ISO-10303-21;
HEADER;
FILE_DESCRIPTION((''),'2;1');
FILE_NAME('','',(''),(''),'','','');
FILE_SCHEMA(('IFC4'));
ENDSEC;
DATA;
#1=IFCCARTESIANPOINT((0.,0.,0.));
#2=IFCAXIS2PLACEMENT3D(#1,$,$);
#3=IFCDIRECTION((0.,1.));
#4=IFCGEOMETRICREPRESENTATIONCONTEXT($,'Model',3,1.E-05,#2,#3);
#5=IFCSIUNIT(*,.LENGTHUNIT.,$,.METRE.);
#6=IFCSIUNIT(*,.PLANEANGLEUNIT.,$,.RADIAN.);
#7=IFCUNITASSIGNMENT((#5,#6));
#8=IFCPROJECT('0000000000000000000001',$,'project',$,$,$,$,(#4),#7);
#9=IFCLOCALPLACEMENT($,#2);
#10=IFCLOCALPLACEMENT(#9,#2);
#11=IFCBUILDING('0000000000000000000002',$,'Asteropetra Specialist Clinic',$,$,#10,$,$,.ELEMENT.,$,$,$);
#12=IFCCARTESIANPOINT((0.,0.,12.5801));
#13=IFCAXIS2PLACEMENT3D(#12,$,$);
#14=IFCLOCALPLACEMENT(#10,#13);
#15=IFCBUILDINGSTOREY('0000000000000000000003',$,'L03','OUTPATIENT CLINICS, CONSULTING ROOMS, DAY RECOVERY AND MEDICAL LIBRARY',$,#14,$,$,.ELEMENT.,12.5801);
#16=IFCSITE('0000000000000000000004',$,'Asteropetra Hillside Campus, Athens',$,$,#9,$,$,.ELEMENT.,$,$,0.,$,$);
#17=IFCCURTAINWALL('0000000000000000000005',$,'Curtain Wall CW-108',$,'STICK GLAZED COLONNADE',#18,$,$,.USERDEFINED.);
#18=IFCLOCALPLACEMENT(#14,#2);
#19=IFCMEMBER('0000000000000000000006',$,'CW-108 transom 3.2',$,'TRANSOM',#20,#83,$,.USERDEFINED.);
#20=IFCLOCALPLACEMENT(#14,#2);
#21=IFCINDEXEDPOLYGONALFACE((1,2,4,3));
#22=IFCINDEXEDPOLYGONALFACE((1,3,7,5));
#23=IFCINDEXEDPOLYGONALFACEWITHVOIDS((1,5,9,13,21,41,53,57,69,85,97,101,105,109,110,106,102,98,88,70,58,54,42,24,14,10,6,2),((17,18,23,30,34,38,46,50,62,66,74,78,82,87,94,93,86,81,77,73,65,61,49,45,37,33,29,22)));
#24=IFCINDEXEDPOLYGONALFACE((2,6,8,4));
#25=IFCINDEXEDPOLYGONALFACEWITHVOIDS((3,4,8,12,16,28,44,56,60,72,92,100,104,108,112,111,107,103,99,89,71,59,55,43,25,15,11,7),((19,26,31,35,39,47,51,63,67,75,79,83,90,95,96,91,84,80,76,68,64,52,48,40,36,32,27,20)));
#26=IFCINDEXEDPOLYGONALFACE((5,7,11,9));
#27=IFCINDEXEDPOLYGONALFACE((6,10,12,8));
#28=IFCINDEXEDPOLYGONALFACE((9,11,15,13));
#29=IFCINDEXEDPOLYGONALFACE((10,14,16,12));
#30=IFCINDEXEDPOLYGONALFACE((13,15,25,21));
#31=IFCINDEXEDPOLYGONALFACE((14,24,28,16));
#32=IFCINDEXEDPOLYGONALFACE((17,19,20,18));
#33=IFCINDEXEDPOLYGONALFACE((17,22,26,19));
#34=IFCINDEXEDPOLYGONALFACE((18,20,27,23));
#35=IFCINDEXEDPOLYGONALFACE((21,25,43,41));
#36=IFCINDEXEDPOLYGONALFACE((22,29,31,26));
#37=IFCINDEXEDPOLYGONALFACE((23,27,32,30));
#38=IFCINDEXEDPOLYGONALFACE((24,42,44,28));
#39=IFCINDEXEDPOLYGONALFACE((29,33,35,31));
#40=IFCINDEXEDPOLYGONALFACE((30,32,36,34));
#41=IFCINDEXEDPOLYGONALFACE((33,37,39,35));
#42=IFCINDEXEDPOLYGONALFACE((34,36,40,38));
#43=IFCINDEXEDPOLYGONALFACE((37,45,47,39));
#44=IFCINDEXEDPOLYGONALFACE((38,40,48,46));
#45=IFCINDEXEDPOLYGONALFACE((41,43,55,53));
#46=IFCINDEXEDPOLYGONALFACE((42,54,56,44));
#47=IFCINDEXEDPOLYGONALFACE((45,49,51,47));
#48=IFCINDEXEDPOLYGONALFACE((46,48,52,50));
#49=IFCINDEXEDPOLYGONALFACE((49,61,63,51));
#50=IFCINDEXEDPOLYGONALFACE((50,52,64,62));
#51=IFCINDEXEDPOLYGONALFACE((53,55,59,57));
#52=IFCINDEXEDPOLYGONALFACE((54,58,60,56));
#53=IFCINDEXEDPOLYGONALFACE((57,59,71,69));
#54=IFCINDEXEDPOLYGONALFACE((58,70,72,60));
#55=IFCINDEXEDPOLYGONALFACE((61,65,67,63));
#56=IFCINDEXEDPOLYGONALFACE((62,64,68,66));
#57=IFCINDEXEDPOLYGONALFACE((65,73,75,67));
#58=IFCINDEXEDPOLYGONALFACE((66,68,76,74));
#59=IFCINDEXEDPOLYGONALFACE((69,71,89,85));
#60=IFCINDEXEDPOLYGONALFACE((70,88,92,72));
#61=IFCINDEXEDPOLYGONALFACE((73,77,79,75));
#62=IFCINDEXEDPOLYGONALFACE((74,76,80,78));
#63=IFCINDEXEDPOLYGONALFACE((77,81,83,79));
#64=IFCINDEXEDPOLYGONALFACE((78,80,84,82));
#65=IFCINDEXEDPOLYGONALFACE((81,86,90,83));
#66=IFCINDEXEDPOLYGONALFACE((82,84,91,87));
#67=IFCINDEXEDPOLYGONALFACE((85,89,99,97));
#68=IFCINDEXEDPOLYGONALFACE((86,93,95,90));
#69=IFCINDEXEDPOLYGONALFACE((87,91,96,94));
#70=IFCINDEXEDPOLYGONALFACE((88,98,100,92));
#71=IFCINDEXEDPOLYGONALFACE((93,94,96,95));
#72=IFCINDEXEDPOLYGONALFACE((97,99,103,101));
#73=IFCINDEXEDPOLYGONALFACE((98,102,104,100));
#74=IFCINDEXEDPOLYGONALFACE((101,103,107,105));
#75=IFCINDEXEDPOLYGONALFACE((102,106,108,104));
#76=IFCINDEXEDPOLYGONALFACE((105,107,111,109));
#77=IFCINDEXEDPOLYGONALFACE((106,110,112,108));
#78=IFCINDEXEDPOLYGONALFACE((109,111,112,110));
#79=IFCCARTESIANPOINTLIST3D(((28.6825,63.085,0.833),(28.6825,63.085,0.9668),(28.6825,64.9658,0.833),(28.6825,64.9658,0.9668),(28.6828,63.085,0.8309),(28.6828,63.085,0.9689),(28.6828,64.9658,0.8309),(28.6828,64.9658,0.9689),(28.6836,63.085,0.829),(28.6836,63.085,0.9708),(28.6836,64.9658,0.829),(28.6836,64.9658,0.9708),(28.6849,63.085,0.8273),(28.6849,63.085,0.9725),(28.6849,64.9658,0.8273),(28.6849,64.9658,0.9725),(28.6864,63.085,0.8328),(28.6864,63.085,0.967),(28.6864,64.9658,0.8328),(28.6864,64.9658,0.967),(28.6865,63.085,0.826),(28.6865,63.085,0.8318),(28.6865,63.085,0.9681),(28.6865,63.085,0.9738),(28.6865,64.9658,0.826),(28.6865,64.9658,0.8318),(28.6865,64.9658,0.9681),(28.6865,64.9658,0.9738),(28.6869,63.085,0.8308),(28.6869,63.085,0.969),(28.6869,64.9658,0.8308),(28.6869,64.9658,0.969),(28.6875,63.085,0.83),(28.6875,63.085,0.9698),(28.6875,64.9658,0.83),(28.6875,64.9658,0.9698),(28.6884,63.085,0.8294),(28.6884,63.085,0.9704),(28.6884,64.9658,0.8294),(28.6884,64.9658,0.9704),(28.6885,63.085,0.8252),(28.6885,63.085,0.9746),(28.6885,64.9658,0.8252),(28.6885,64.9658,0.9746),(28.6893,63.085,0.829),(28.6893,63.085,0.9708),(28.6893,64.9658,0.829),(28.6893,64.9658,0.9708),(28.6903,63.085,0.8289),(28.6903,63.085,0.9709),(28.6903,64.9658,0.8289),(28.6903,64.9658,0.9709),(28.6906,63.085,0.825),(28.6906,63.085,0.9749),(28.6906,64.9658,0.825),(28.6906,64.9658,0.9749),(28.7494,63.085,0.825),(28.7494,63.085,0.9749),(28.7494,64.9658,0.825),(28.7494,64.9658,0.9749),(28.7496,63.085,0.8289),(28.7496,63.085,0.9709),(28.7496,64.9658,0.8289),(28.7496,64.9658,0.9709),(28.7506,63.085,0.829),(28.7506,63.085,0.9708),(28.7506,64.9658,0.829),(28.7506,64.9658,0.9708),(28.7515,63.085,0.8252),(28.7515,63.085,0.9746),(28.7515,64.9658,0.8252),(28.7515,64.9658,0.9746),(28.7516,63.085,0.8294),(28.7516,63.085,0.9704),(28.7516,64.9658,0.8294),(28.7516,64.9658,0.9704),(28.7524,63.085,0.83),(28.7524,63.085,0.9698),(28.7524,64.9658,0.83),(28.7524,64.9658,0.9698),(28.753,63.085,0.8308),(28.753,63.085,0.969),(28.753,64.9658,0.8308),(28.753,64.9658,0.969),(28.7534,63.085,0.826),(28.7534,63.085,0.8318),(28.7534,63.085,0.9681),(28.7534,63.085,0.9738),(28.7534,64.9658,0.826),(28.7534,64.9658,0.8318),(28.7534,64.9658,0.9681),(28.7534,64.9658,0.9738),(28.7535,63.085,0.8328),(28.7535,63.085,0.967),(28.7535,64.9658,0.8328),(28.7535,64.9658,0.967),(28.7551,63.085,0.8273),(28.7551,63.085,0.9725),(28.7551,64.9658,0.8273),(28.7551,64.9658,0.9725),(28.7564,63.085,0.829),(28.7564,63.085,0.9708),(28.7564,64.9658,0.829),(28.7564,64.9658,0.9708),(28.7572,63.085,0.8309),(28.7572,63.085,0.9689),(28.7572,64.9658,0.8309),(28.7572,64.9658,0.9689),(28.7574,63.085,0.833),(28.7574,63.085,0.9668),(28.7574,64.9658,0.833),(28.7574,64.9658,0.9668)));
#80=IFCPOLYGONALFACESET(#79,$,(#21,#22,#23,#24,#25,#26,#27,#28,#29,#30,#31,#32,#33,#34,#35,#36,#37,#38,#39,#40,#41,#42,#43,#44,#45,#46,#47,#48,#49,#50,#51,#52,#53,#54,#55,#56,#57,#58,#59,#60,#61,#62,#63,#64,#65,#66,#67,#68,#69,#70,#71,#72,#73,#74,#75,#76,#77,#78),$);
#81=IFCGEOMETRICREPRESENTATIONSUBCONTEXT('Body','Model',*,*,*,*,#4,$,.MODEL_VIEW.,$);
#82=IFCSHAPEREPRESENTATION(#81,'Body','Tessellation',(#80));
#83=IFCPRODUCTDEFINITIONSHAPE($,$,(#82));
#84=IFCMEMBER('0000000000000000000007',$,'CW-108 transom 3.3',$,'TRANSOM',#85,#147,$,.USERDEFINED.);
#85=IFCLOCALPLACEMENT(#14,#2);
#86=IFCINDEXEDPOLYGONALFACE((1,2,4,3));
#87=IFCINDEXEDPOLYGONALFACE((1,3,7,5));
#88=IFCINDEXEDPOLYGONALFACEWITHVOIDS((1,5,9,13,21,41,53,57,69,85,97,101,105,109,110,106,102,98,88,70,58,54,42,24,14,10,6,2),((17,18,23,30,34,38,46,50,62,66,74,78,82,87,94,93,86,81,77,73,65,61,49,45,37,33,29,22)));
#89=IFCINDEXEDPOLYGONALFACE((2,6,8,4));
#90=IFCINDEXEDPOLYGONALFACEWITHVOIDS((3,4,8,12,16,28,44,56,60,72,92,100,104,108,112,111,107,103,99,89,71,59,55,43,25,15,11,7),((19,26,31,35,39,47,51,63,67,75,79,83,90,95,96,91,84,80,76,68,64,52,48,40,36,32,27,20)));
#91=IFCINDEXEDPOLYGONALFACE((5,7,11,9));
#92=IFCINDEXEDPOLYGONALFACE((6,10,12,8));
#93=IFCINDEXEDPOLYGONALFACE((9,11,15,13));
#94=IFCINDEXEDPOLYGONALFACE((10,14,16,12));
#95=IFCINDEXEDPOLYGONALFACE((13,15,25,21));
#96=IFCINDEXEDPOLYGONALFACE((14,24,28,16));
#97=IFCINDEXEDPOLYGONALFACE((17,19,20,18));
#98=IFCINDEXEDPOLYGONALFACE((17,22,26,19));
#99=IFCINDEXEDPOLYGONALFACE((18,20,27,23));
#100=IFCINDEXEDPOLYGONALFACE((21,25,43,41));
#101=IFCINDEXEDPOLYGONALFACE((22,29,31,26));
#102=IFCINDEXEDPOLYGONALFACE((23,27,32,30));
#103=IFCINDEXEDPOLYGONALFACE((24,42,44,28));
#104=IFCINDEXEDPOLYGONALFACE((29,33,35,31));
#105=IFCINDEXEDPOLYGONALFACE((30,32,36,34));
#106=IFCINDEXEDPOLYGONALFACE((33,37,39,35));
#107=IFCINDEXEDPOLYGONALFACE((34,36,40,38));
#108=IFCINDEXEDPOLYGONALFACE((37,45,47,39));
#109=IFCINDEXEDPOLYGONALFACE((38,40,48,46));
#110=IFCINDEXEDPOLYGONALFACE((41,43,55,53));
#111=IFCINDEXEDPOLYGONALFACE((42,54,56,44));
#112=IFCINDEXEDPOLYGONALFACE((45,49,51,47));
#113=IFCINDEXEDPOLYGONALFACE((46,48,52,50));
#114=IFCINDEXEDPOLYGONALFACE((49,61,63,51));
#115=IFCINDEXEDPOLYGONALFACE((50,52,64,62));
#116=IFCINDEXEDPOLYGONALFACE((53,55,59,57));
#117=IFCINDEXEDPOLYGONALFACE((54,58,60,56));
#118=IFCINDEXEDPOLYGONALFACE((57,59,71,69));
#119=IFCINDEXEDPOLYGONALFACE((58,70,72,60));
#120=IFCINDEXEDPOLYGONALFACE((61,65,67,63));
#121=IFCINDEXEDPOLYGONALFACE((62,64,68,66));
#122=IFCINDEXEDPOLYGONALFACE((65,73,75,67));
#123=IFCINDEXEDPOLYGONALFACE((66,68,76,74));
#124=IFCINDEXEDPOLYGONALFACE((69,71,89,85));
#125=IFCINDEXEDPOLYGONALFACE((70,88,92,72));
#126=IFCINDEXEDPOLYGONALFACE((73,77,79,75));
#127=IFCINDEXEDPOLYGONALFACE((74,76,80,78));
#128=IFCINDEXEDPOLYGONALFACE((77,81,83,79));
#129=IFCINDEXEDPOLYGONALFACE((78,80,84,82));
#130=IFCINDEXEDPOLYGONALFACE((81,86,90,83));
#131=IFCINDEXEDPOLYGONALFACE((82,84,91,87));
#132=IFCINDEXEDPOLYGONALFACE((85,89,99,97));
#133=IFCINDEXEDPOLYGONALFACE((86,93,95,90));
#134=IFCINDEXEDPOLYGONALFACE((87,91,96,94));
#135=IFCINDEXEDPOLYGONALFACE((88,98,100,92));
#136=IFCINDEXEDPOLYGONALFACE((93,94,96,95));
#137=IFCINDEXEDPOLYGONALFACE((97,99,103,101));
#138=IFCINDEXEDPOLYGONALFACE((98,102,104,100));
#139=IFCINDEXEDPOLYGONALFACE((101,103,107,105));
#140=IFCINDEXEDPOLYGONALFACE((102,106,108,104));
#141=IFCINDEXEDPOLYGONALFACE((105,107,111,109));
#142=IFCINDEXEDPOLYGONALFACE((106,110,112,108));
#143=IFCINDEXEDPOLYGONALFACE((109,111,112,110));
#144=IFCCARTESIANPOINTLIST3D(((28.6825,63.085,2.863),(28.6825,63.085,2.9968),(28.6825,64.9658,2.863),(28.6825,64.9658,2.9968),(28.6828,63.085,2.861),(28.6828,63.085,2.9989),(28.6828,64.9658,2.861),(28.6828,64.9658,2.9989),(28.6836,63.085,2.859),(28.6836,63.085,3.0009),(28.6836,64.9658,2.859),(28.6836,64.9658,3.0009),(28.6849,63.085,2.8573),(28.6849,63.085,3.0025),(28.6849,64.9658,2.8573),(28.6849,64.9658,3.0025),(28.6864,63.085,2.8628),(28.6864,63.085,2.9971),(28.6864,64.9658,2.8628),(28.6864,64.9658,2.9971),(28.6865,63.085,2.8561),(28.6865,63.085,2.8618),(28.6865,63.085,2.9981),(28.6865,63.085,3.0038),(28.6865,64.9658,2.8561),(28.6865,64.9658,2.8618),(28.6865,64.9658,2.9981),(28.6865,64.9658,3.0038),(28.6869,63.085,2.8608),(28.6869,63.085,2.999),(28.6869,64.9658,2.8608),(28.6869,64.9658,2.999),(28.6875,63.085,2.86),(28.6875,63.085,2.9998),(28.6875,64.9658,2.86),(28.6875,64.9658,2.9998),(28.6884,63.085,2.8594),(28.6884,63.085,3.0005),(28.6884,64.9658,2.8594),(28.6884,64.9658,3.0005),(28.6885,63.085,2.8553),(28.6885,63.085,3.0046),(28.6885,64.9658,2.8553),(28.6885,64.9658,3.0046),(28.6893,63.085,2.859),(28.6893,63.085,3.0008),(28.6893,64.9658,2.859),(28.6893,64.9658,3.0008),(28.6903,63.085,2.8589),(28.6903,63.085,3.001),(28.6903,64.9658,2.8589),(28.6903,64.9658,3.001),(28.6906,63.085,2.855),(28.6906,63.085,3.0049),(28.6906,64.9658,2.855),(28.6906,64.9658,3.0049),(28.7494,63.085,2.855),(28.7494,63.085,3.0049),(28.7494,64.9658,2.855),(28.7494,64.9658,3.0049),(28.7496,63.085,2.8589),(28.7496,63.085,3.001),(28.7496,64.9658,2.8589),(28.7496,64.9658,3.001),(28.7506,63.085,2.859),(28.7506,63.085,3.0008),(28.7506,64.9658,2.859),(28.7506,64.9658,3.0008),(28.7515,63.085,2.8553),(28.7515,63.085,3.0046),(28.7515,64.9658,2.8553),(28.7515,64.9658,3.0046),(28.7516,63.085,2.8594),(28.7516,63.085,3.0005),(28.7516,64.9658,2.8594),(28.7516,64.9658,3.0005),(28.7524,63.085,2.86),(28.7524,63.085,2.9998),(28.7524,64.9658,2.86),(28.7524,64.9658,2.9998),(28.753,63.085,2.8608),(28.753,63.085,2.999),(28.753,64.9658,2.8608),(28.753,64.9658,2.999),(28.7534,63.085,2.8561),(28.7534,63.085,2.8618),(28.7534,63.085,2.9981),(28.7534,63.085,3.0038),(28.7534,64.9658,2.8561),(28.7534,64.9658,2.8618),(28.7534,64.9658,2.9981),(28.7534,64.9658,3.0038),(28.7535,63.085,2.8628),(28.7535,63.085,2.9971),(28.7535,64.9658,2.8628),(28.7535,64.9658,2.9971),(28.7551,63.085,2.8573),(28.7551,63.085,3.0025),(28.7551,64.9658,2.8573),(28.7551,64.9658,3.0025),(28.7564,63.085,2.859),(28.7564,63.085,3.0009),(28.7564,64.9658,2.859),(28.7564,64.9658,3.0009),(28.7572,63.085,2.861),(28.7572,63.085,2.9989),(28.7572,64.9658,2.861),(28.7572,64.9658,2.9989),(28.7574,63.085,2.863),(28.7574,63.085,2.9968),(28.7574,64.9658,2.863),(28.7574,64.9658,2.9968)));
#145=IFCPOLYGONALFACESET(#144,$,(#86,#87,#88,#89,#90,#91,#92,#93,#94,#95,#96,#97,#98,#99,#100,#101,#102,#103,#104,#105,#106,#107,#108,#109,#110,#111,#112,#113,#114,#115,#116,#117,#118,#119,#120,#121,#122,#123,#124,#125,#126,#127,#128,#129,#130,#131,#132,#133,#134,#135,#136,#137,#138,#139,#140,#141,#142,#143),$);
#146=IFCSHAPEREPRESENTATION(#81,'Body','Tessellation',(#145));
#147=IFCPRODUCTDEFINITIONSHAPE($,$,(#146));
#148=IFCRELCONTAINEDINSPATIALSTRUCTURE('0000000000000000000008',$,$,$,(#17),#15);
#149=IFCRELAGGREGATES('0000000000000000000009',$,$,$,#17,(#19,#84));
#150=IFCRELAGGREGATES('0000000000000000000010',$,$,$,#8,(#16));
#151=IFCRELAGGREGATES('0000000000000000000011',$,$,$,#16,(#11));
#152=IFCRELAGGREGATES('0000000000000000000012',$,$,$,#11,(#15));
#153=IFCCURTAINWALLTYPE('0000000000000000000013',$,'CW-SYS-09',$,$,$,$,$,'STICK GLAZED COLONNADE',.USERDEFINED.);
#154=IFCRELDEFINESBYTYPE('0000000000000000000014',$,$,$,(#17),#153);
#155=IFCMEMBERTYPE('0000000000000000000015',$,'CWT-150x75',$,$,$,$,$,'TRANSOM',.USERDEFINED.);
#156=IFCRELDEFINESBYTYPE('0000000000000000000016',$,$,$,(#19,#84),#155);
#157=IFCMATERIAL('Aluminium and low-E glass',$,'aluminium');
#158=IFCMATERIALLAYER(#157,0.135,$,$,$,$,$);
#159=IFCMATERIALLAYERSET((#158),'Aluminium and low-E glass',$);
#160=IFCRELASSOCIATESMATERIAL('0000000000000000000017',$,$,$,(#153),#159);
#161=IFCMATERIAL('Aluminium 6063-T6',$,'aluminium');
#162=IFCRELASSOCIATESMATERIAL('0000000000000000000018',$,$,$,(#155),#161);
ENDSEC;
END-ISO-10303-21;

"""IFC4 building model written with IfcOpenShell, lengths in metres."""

from ifc_helpers import new_model, si_unit, direction, frame, origin, origin_2d, place, context, subcontext, project, spatial, hollow_rectangle, extrude, material, layer, layer_set, material_profile, profile_set, type_object, element, aggregate, save


model = new_model("IFC4")

# Units and contexts
model_context = context("Model", 3, precision=1e-05, world=origin(), true_north=direction((0.0, 1.0)))
body_context = subcontext(model_context, "Body", "Model", "MODEL_VIEW")
ifc_project = project(units=[si_unit("LENGTHUNIT", "METRE"), si_unit("PLANEANGLEUNIT", "RADIAN")], contexts=[model_context])

# Site, building, storey
site_placement = place(None, origin())
site = spatial("IfcSite", under=ifc_project, at=site_placement, Name="Asteropetra Hillside Campus, Athens", CompositionType="ELEMENT", RefElevation=0.0)
building_placement = place(site_placement, origin())
building = spatial("IfcBuilding", under=site, at=building_placement, Name="Asteropetra Specialist Clinic", CompositionType="ELEMENT")
storey_placement = place(building_placement, frame((0.0, 0.0, 12.5801)))
storey = spatial("IfcBuildingStorey", under=building, at=storey_placement, Name="L03", Description="OUTPATIENT CLINICS, CONSULTING ROOMS, DAY RECOVERY AND MEDICAL LIBRARY", CompositionType="ELEMENT", Elevation=12.5801)

# Curtain wall, members
ifc_material_1 = material(Name="Aluminium and low-E glass", Category="aluminium")
ifc_layer_1 = layer(ifc_material_1, 0.135)
ifc_layer_set_1 = layer_set([ifc_layer_1], Name="Aluminium and low-E glass")
curtain_wall_type = type_object("IfcCurtainWallType", Name="CW-SYS-09", ElementType="STICK GLAZED COLONNADE", PredefinedType="USERDEFINED", material=ifc_layer_set_1)
curtain_wall_placement = place(storey_placement, origin())
curtain_wall = element("IfcCurtainWall", 1, at=curtain_wall_placement, inside=storey, type_object=curtain_wall_type, Name="Curtain Wall CW-108", ObjectType="STICK GLAZED COLONNADE", PredefinedType="USERDEFINED")
ifc_material_2 = material(Name="Aluminium 6063-T6", Category="aluminium")
ifc_material_profile_1 = material_profile(ifc_material_2, hollow_rectangle(XDim=0.075, YDim=0.1499, WallThickness=0.0039, InnerFilletRadius=0.0039, OuterFilletRadius=0.0081, at=origin_2d()), Name="TRN 150x75x4.0")
ifc_profile_set_1 = profile_set([ifc_material_profile_1], Name="Aluminium 6063-T6")
member_type_1 = type_object("IfcMemberType", Name="CWT-150x75", ElementType="TRANSOM", PredefinedType="USERDEFINED", material=ifc_profile_set_1)
member_1_placement = place(storey_placement, frame((28.72, 64.9658, 0.8999), z_axis=(0.0, -1.0, 0.0), x_axis=(1.0, 0.0, 0.0)))
member_1 = element("IfcMember", 2, at=member_1_placement, type_object=member_type_1, Name="CW-108 transom 3.2", ObjectType="TRANSOM", PredefinedType="USERDEFINED", context=body_context, shape_type="SweptSolid", body=[
    extrude(hollow_rectangle(XDim=0.075, YDim=0.1499, WallThickness=0.0039, InnerFilletRadius=0.0039, OuterFilletRadius=0.0081, at=origin_2d()), origin(), (0.0, 0.0, 1.0), 1.8809),
])
member_2_placement = place(storey_placement, frame((28.72, 64.9658, 2.9299), z_axis=(0.0, -1.0, 0.0), x_axis=(1.0, 0.0, 0.0)))
member_2 = element("IfcMember", 3, at=member_2_placement, type_object=member_type_1, Name="CW-108 transom 3.3", ObjectType="TRANSOM", PredefinedType="USERDEFINED", context=body_context, shape_type="SweptSolid", body=[
    extrude(hollow_rectangle(XDim=0.075, YDim=0.1499, WallThickness=0.0039, InnerFilletRadius=0.0039, OuterFilletRadius=0.0081, at=origin_2d()), origin(), (0.0, 0.0, 1.0), 1.8809),
])

aggregate(curtain_wall, [member_1, member_2])

save(model, "model.ifc")
